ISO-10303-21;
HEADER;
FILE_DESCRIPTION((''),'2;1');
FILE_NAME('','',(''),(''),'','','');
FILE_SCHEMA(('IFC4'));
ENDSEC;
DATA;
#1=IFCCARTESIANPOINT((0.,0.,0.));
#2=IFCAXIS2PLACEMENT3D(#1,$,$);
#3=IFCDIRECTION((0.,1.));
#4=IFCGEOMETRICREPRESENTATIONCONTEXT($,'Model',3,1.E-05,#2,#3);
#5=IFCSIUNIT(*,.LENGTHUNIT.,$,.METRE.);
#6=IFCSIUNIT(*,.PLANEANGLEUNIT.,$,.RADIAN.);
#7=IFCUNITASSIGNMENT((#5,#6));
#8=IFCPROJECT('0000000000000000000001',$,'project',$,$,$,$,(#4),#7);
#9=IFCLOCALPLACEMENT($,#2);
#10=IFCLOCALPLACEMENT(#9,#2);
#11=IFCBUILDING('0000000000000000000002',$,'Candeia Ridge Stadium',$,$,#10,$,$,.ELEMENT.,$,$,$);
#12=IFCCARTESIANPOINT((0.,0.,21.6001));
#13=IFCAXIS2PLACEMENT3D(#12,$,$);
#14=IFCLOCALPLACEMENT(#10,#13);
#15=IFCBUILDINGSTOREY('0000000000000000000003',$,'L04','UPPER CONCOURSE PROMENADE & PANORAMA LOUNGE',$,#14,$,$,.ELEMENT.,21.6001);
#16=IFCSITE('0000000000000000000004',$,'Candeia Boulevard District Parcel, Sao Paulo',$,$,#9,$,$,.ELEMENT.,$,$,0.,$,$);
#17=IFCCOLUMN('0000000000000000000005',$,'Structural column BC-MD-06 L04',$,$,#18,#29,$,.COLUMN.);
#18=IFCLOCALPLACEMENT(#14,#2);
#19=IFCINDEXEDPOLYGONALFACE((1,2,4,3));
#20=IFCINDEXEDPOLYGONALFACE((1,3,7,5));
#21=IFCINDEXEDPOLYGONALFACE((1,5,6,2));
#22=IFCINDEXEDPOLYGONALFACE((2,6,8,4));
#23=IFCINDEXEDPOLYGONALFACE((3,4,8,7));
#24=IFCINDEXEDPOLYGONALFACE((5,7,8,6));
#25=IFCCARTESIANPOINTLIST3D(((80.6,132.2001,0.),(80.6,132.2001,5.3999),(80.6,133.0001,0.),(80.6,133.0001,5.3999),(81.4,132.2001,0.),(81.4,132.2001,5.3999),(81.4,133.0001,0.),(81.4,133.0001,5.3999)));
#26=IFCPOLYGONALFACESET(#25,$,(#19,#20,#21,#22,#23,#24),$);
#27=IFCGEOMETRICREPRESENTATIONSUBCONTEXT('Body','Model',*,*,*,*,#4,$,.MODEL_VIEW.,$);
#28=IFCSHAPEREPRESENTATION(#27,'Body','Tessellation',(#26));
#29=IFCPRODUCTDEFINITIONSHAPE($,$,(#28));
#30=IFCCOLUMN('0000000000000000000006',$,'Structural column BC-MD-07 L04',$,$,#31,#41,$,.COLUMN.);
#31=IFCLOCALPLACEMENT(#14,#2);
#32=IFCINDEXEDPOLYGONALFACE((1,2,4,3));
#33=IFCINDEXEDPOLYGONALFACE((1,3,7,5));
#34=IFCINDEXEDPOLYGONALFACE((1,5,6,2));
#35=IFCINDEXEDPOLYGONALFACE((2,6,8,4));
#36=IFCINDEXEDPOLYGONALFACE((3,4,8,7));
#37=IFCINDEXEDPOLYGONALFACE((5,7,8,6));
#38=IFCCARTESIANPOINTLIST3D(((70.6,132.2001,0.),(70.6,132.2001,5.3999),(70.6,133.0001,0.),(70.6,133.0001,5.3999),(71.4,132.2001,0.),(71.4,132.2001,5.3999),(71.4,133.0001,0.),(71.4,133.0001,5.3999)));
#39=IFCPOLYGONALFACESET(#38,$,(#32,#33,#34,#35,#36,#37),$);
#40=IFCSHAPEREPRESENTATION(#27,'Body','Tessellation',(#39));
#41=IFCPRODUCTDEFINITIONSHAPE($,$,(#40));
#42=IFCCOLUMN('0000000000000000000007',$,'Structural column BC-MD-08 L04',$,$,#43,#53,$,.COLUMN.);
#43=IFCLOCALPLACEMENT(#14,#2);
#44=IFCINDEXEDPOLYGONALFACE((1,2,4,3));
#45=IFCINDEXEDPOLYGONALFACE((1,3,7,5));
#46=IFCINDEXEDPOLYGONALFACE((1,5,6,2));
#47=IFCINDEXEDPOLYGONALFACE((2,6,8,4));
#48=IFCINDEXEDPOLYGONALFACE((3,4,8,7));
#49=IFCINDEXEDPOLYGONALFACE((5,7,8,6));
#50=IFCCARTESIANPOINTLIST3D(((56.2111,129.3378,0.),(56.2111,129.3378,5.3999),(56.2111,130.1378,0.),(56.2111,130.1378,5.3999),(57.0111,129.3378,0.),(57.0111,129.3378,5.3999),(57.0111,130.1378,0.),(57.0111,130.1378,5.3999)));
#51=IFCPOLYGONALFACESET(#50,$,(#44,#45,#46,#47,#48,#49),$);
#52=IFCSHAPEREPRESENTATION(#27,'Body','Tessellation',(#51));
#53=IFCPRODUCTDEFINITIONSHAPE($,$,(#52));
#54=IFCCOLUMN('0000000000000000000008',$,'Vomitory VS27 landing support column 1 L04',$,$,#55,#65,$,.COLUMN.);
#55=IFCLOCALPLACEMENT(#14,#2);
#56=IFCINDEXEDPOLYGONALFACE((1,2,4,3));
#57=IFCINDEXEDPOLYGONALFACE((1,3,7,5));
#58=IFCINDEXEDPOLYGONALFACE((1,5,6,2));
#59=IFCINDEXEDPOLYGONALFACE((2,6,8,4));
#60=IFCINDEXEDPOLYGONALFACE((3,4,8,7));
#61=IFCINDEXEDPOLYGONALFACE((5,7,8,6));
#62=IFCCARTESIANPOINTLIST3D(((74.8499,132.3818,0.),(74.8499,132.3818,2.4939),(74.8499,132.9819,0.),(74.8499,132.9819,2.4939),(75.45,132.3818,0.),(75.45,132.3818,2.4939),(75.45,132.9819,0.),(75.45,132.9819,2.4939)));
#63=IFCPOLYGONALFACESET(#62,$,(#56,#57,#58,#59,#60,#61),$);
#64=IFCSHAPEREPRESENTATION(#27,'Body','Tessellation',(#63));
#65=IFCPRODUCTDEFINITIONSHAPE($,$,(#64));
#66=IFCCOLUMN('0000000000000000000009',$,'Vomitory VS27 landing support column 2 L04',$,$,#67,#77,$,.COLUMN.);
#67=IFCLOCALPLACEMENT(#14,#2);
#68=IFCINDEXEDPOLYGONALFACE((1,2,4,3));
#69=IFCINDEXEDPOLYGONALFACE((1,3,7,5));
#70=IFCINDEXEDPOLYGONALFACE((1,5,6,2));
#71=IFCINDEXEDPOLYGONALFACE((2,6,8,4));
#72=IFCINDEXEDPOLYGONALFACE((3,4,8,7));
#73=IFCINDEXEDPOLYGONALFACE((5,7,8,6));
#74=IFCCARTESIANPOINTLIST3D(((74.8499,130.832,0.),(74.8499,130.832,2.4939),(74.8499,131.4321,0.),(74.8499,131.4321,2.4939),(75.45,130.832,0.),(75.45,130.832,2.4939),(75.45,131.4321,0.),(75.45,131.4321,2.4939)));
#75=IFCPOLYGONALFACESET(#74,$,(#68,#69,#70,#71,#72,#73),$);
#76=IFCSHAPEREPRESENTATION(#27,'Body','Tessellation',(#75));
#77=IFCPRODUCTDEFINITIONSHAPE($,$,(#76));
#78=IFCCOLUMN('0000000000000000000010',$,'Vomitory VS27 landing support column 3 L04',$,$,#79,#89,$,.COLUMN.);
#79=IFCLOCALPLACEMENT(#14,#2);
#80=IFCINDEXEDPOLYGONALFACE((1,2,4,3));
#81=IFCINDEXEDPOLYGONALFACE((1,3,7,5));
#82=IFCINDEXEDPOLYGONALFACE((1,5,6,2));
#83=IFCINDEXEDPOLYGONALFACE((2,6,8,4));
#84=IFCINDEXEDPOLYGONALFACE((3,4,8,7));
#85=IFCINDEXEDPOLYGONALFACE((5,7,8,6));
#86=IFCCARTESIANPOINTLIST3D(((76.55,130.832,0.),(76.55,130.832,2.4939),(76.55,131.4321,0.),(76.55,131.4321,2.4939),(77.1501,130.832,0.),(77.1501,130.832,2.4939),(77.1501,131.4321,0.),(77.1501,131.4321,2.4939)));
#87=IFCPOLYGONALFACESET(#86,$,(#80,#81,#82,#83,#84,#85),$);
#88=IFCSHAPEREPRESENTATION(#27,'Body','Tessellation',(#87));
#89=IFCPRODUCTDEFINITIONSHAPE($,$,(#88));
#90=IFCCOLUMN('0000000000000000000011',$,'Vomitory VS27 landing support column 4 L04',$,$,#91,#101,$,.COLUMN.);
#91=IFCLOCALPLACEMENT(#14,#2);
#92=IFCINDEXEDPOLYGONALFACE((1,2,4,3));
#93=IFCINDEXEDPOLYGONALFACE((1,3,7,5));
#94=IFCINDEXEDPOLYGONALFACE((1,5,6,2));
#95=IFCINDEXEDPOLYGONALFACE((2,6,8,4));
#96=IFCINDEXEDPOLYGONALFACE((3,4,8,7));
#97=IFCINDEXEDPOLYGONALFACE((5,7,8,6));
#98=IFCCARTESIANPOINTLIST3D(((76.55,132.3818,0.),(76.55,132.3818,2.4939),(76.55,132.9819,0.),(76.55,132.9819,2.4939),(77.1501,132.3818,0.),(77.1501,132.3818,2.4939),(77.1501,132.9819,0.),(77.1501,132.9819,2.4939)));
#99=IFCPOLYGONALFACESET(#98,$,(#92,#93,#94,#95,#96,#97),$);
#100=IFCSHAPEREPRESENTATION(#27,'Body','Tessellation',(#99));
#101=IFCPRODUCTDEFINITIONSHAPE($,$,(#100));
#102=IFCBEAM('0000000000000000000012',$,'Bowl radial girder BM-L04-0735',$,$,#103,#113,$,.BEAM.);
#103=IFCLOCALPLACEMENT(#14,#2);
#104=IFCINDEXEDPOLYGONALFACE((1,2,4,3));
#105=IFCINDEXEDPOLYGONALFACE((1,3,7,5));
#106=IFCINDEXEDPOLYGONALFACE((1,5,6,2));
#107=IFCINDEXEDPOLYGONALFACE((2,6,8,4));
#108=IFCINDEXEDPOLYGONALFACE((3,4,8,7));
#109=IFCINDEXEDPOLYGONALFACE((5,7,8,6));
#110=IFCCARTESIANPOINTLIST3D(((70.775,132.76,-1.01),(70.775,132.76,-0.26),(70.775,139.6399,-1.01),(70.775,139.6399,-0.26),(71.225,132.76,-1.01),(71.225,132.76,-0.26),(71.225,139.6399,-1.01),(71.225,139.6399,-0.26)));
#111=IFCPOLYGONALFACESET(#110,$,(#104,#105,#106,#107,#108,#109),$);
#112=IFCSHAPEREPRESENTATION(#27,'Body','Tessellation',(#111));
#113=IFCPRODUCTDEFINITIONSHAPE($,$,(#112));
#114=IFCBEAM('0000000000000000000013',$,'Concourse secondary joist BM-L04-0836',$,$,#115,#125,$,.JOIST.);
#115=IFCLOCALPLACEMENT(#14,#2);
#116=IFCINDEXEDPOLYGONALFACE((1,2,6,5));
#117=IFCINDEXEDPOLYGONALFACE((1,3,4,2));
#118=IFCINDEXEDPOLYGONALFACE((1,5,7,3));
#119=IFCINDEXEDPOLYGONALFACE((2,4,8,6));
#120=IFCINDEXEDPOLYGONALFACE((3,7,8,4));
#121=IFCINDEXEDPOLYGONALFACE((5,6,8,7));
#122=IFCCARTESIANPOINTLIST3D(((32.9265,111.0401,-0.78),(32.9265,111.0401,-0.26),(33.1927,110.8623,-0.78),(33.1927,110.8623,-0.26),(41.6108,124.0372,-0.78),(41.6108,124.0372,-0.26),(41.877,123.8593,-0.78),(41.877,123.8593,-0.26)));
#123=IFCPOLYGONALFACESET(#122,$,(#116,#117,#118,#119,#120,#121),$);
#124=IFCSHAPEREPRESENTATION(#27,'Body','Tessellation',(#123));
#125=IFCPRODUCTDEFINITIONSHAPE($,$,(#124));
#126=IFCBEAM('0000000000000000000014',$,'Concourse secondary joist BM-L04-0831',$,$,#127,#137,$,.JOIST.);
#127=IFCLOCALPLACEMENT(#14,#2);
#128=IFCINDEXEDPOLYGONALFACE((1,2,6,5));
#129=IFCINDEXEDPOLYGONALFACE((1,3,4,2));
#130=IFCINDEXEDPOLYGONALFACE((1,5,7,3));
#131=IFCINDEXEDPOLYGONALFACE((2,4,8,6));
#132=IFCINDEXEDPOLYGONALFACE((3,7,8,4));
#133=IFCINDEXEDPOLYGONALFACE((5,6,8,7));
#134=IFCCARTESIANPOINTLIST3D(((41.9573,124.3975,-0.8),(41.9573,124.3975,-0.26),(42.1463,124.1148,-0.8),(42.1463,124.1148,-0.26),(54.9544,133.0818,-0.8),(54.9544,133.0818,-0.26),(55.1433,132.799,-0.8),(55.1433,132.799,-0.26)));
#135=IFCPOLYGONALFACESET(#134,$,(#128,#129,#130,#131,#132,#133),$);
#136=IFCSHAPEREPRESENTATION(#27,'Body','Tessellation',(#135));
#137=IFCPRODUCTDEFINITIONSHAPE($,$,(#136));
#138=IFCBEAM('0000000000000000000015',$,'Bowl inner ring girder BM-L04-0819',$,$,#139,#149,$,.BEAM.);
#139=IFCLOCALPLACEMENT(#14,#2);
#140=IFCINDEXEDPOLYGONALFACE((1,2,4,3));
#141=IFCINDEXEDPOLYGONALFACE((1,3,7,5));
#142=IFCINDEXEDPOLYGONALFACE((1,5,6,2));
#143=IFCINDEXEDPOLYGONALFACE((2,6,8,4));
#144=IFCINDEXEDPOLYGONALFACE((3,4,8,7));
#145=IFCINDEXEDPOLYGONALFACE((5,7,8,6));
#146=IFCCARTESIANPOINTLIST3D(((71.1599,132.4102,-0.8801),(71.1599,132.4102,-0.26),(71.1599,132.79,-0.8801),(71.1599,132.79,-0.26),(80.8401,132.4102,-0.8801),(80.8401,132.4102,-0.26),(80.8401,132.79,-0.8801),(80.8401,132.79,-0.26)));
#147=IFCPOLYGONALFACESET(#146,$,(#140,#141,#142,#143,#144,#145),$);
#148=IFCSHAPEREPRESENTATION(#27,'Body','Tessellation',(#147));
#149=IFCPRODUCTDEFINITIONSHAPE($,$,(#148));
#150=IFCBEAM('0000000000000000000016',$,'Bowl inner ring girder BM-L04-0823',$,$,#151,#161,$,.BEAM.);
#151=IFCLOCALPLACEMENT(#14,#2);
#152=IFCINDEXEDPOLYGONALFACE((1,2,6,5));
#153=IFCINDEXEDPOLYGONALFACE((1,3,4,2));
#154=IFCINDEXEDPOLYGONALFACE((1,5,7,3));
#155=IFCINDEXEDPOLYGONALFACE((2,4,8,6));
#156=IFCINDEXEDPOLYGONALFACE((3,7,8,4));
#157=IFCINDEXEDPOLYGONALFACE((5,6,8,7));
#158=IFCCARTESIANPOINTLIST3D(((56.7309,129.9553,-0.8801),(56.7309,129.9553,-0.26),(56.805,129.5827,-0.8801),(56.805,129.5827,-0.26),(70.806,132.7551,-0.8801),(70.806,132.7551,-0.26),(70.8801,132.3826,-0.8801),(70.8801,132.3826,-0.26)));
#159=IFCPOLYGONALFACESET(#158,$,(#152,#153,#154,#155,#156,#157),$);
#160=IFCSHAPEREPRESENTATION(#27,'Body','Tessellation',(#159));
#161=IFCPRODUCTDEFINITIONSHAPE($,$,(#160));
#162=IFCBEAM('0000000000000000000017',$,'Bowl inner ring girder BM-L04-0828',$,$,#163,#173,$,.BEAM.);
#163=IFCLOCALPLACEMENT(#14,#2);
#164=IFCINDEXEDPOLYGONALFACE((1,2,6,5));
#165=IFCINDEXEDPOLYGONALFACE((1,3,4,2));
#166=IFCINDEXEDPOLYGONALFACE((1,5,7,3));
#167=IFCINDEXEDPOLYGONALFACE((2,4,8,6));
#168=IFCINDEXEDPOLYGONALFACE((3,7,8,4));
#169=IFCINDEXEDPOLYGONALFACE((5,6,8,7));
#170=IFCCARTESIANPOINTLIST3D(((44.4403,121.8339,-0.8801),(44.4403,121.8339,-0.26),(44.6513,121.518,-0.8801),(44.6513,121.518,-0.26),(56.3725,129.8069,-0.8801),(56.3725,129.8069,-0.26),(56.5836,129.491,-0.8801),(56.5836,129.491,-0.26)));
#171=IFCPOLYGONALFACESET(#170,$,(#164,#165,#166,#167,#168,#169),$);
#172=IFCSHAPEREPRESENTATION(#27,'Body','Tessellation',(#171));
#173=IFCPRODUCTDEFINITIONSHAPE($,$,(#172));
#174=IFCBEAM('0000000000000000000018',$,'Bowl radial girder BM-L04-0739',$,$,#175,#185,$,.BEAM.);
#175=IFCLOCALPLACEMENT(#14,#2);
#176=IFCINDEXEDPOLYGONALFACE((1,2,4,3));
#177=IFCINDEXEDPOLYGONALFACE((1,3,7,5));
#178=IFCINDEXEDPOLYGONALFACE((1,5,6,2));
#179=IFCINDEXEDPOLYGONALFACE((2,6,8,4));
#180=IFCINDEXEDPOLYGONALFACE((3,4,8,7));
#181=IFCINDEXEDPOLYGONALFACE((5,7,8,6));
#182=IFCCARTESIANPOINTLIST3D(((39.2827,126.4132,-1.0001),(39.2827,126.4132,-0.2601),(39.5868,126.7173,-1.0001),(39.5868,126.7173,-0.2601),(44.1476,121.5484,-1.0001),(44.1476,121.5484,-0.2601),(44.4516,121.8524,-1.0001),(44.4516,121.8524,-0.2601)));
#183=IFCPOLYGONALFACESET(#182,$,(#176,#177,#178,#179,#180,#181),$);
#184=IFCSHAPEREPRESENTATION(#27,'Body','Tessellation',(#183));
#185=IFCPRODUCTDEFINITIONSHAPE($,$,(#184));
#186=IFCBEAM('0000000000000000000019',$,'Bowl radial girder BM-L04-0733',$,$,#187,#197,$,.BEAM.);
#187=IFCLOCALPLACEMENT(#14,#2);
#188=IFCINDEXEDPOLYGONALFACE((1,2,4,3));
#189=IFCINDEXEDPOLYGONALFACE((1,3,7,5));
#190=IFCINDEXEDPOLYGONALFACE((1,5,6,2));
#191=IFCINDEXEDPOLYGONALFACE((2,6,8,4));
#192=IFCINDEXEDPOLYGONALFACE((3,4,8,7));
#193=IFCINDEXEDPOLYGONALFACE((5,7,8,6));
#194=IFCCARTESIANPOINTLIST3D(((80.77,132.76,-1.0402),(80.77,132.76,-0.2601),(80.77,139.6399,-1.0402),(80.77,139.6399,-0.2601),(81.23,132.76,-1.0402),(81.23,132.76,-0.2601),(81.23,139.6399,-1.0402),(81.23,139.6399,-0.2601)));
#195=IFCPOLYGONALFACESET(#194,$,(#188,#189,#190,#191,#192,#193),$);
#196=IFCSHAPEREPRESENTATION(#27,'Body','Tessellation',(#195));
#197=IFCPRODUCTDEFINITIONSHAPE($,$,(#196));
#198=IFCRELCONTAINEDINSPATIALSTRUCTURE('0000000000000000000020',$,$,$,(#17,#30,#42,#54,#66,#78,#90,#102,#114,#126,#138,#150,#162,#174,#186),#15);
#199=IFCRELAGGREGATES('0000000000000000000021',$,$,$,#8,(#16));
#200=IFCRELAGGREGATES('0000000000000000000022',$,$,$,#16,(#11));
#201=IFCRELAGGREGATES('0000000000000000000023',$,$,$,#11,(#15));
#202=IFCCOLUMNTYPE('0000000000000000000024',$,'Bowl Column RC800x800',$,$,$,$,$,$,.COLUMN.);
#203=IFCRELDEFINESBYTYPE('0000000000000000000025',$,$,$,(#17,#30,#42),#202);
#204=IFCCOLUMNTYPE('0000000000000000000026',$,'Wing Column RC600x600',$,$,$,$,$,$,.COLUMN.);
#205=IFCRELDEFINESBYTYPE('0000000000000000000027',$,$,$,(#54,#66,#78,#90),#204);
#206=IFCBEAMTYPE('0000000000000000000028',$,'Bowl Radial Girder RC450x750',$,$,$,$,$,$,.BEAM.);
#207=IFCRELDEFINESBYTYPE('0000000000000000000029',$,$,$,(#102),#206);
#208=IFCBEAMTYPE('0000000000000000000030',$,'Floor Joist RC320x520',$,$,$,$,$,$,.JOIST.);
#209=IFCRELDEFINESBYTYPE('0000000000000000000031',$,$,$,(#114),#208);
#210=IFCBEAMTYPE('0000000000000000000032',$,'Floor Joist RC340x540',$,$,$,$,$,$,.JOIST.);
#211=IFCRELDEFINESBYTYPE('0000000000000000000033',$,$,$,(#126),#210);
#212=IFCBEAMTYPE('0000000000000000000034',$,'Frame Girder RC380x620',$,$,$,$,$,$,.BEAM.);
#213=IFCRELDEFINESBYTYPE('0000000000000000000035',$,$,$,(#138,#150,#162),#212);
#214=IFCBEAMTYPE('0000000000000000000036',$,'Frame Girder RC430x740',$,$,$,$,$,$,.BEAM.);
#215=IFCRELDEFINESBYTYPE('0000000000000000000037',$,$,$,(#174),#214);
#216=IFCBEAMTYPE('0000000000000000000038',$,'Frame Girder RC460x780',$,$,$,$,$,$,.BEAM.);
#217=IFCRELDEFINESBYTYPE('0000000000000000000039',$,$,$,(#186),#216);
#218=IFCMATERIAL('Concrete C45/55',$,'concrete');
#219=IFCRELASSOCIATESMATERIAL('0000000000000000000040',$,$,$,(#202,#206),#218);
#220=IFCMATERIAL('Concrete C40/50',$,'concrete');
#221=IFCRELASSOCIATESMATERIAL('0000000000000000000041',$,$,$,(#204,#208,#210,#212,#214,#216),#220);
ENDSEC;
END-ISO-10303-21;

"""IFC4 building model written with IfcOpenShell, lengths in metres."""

from ifc_helpers import new_model, si_unit, direction, frame, origin, origin_2d, place, context, subcontext, project, spatial, rectangle, extrude, material, material_profile, profile_set, type_object, element, save


model = new_model("IFC4")

# Units and contexts
model_context = context("Model", 3, precision=1e-05, world=origin(), true_north=direction((0.0, 1.0)))
body_context = subcontext(model_context, "Body", "Model", "MODEL_VIEW")
ifc_project = project(units=[si_unit("LENGTHUNIT", "METRE"), si_unit("PLANEANGLEUNIT", "RADIAN")], contexts=[model_context])

# Site, building, storey
site_placement = place(None, origin())
site = spatial("IfcSite", under=ifc_project, at=site_placement, Name="Candeia Boulevard District Parcel, Sao Paulo", CompositionType="ELEMENT", RefElevation=0.0)
building_placement = place(site_placement, origin())
building = spatial("IfcBuilding", under=site, at=building_placement, Name="Candeia Ridge Stadium", CompositionType="ELEMENT")
storey_placement = place(building_placement, frame((0.0, 0.0, 21.6001)))
storey = spatial("IfcBuildingStorey", under=building, at=storey_placement, Name="L04", Description="UPPER CONCOURSE PROMENADE & PANORAMA LOUNGE", CompositionType="ELEMENT", Elevation=21.6001)

# Columns
ifc_material_1 = material(Name="Concrete C45/55", Category="concrete")
ifc_material_profile_1 = material_profile(ifc_material_1, rectangle(XDim=0.8, YDim=0.8, at=origin_2d()), Name="RC800x800", Category="concrete")
ifc_profile_set_1 = profile_set([ifc_material_profile_1], Name="Concrete C45/55")
column_type_1 = type_object("IfcColumnType", Name="Bowl Column RC800x800", PredefinedType="COLUMN", material=ifc_profile_set_1)
for number, where, z_axis, x_axis, name in (
    (1, (81.0, 132.6001, 0.0), (0.0, 0.0, 1.0), (1.0, 0.0, 0.0), "Structural column BC-MD-06 L04"),
    (2, (71.0, 132.6001, 0.0), (0.0, 0.0, 1.0), (1.0, 0.0, 0.0), "Structural column BC-MD-07 L04"),
    (3, (56.6111, 129.7378, 0.0), (0.0, 0.0, 1.0), (1.0, 0.0, 0.0), "Structural column BC-MD-08 L04"),
):
    element("IfcColumn", number, at=place(storey_placement, frame(where, z_axis=z_axis, x_axis=x_axis)), inside=storey, type_object=column_type_1, Name=name, PredefinedType="COLUMN", context=body_context, shape_type="SweptSolid", body=[
        extrude(rectangle(XDim=0.8, YDim=0.8, at=origin_2d()), origin(), (0.0, 0.0, 1.0), 5.3999),
    ])
ifc_material_2 = material(Name="Concrete C40/50", Category="concrete")
ifc_material_profile_2 = material_profile(ifc_material_2, rectangle(XDim=0.6001, YDim=0.6001, at=origin_2d()), Name="RC600x600", Category="concrete")
ifc_profile_set_2 = profile_set([ifc_material_profile_2], Name="Concrete C40/50")
column_type_2 = type_object("IfcColumnType", Name="Wing Column RC600x600", PredefinedType="COLUMN", material=ifc_profile_set_2)
for number, where, z_axis, x_axis, name in (
    (4, (75.1499, 132.6819, 0.0), (0.0, 0.0, 1.0), (1.0, 0.0, 0.0), "Vomitory VS27 landing support column 1 L04"),
    (5, (75.1499, 131.1321, 0.0), (0.0, 0.0, 1.0), (1.0, 0.0, 0.0), "Vomitory VS27 landing support column 2 L04"),
    (6, (76.8501, 131.1321, 0.0), (0.0, 0.0, 1.0), (1.0, 0.0, 0.0), "Vomitory VS27 landing support column 3 L04"),
    (7, (76.8501, 132.6819, 0.0), (0.0, 0.0, 1.0), (1.0, 0.0, 0.0), "Vomitory VS27 landing support column 4 L04"),
):
    element("IfcColumn", number, at=place(storey_placement, frame(where, z_axis=z_axis, x_axis=x_axis)), inside=storey, type_object=column_type_2, Name=name, PredefinedType="COLUMN", context=body_context, shape_type="SweptSolid", body=[
        extrude(rectangle(XDim=0.6001, YDim=0.6001, at=origin_2d()), origin(), (0.0, 0.0, 1.0), 2.4939),
    ])

# Beams
ifc_material_profile_3 = material_profile(ifc_material_1, rectangle(XDim=0.45, YDim=0.75, at=origin_2d()), Name="RC450x750", Category="concrete")
ifc_profile_set_3 = profile_set([ifc_material_profile_3], Name="Concrete C45/55")
beam_type_1 = type_object("IfcBeamType", Name="Bowl Radial Girder RC450x750", PredefinedType="BEAM", material=ifc_profile_set_3)
beam_1_placement = place(storey_placement, frame((71.0, 132.76, -0.635), z_axis=(0.0, 1.0, 0.0), x_axis=(-1.0, 0.0, 0.0)))
element("IfcBeam", 8, at=beam_1_placement, inside=storey, type_object=beam_type_1, Name="Bowl radial girder BM-L04-0735", PredefinedType="BEAM", context=body_context, shape_type="SweptSolid", body=[
    extrude(rectangle(XDim=0.45, YDim=0.75, at=origin_2d()), origin(), (0.0, 0.0, 1.0), 6.8799),
])
ifc_material_profile_4 = material_profile(ifc_material_2, rectangle(XDim=0.3201, YDim=0.52, at=origin_2d()), Name="RC320x520", Category="concrete")
ifc_profile_set_4 = profile_set([ifc_material_profile_4], Name="Concrete C40/50")
beam_type_2 = type_object("IfcBeamType", Name="Floor Joist RC320x520", PredefinedType="JOIST", material=ifc_profile_set_4)
beam_2_placement = place(storey_placement, frame((41.7439, 123.9482, -0.52), z_axis=(-0.555569, -0.831471, 0.0), x_axis=(0.831471, -0.555569, 0.0)))
element("IfcBeam", 9, at=beam_2_placement, inside=storey, type_object=beam_type_2, Name="Concourse secondary joist BM-L04-0836", PredefinedType="JOIST", context=body_context, shape_type="SweptSolid", body=[
    extrude(rectangle(XDim=0.3201, YDim=0.52, at=origin_2d()), origin(), (0.0, 0.0, 1.0), 15.6313),
])
ifc_material_profile_5 = material_profile(ifc_material_2, rectangle(XDim=0.3401, YDim=0.54, at=origin_2d()), Name="RC340x540", Category="concrete")
ifc_profile_set_5 = profile_set([ifc_material_profile_5], Name="Concrete C40/50")
beam_type_3 = type_object("IfcBeamType", Name="Floor Joist RC340x540", PredefinedType="JOIST", material=ifc_profile_set_5)
beam_3_placement = place(storey_placement, frame((55.0488, 132.9404, -0.53), z_axis=(-0.831471, -0.555569, 0.0), x_axis=(0.555569, -0.831471, 0.0)))
element("IfcBeam", 10, at=beam_3_placement, inside=storey, type_object=beam_type_3, Name="Concourse secondary joist BM-L04-0831", PredefinedType="JOIST", context=body_context, shape_type="SweptSolid", body=[
    extrude(rectangle(XDim=0.3401, YDim=0.54, at=origin_2d()), origin(), (0.0, 0.0, 1.0), 15.6313),
])
ifc_material_profile_6 = material_profile(ifc_material_2, rectangle(XDim=0.3799, YDim=0.6201, at=origin_2d()), Name="RC380x620", Category="concrete")
ifc_profile_set_6 = profile_set([ifc_material_profile_6], Name="Concrete C40/50")
beam_type_4 = type_object("IfcBeamType", Name="Frame Girder RC380x620", PredefinedType="BEAM", material=ifc_profile_set_6)
beam_4_placement = place(storey_placement, frame((80.8401, 132.6001, -0.5701), z_axis=(-1.0, 0.0, 0.0), x_axis=(0.0, -1.0, 0.0)))
element("IfcBeam", 11, at=beam_4_placement, inside=storey, type_object=beam_type_4, Name="Bowl inner ring girder BM-L04-0819", PredefinedType="BEAM", context=body_context, shape_type="SweptSolid", body=[
    extrude(rectangle(XDim=0.3799, YDim=0.6201, at=origin_2d()), origin(), (0.0, 0.0, 1.0), 9.6802),
])
for number, where, z_axis, x_axis, name in (
    (12, (70.843, 132.5688, -0.5701), (-0.980784, -0.195099, 0.0), (0.195099, -0.980784, 0.0), "Bowl inner ring girder BM-L04-0823"),
    (13, (56.478, 129.6489, -0.5701), (-0.831466, -0.555575, 0.0), (0.555575, -0.831466, 0.0), "Bowl inner ring girder BM-L04-0828"),
):
    element("IfcBeam", number, at=place(storey_placement, frame(where, z_axis=z_axis, x_axis=x_axis)), inside=storey, type_object=beam_type_4, Name=name, PredefinedType="BEAM", context=body_context, shape_type="SweptSolid", body=[
        extrude(rectangle(XDim=0.3799, YDim=0.6201, at=origin_2d()), origin(), (0.0, 0.0, 1.0), 14.3508),
    ])
ifc_material_profile_7 = material_profile(ifc_material_2, rectangle(XDim=0.4299, YDim=0.74, at=origin_2d()), Name="RC430x740", Category="concrete")
ifc_profile_set_7 = profile_set([ifc_material_profile_7], Name="Concrete C40/50")
beam_type_5 = type_object("IfcBeamType", Name="Frame Girder RC430x740", PredefinedType="BEAM", material=ifc_profile_set_7)
beam_5_placement = place(storey_placement, frame((44.2996, 121.7004, -0.6301), z_axis=(-0.707107, 0.707107, 0.0), x_axis=(-0.707107, -0.707107, 0.0)))
element("IfcBeam", 14, at=beam_5_placement, inside=storey, type_object=beam_type_5, Name="Bowl radial girder BM-L04-0739", PredefinedType="BEAM", context=body_context, shape_type="SweptSolid", body=[
    extrude(rectangle(XDim=0.4299, YDim=0.74, at=origin_2d()), origin(), (0.0, 0.0, 1.0), 6.8799),
])
ifc_material_profile_8 = material_profile(ifc_material_2, rectangle(XDim=0.46, YDim=0.78, at=origin_2d()), Name="RC460x780", Category="concrete")
ifc_profile_set_8 = profile_set([ifc_material_profile_8], Name="Concrete C40/50")
beam_type_6 = type_object("IfcBeamType", Name="Frame Girder RC460x780", PredefinedType="BEAM", material=ifc_profile_set_8)
beam_6_placement = place(storey_placement, frame((81.0, 132.76, -0.6501), z_axis=(0.0, 1.0, 0.0), x_axis=(-1.0, 0.0, 0.0)))
element("IfcBeam", 15, at=beam_6_placement, inside=storey, type_object=beam_type_6, Name="Bowl radial girder BM-L04-0733", PredefinedType="BEAM", context=body_context, shape_type="SweptSolid", body=[
    extrude(rectangle(XDim=0.46, YDim=0.78, at=origin_2d()), origin(), (0.0, 0.0, 1.0), 6.8799),
])

save(model, "model.ifc")
